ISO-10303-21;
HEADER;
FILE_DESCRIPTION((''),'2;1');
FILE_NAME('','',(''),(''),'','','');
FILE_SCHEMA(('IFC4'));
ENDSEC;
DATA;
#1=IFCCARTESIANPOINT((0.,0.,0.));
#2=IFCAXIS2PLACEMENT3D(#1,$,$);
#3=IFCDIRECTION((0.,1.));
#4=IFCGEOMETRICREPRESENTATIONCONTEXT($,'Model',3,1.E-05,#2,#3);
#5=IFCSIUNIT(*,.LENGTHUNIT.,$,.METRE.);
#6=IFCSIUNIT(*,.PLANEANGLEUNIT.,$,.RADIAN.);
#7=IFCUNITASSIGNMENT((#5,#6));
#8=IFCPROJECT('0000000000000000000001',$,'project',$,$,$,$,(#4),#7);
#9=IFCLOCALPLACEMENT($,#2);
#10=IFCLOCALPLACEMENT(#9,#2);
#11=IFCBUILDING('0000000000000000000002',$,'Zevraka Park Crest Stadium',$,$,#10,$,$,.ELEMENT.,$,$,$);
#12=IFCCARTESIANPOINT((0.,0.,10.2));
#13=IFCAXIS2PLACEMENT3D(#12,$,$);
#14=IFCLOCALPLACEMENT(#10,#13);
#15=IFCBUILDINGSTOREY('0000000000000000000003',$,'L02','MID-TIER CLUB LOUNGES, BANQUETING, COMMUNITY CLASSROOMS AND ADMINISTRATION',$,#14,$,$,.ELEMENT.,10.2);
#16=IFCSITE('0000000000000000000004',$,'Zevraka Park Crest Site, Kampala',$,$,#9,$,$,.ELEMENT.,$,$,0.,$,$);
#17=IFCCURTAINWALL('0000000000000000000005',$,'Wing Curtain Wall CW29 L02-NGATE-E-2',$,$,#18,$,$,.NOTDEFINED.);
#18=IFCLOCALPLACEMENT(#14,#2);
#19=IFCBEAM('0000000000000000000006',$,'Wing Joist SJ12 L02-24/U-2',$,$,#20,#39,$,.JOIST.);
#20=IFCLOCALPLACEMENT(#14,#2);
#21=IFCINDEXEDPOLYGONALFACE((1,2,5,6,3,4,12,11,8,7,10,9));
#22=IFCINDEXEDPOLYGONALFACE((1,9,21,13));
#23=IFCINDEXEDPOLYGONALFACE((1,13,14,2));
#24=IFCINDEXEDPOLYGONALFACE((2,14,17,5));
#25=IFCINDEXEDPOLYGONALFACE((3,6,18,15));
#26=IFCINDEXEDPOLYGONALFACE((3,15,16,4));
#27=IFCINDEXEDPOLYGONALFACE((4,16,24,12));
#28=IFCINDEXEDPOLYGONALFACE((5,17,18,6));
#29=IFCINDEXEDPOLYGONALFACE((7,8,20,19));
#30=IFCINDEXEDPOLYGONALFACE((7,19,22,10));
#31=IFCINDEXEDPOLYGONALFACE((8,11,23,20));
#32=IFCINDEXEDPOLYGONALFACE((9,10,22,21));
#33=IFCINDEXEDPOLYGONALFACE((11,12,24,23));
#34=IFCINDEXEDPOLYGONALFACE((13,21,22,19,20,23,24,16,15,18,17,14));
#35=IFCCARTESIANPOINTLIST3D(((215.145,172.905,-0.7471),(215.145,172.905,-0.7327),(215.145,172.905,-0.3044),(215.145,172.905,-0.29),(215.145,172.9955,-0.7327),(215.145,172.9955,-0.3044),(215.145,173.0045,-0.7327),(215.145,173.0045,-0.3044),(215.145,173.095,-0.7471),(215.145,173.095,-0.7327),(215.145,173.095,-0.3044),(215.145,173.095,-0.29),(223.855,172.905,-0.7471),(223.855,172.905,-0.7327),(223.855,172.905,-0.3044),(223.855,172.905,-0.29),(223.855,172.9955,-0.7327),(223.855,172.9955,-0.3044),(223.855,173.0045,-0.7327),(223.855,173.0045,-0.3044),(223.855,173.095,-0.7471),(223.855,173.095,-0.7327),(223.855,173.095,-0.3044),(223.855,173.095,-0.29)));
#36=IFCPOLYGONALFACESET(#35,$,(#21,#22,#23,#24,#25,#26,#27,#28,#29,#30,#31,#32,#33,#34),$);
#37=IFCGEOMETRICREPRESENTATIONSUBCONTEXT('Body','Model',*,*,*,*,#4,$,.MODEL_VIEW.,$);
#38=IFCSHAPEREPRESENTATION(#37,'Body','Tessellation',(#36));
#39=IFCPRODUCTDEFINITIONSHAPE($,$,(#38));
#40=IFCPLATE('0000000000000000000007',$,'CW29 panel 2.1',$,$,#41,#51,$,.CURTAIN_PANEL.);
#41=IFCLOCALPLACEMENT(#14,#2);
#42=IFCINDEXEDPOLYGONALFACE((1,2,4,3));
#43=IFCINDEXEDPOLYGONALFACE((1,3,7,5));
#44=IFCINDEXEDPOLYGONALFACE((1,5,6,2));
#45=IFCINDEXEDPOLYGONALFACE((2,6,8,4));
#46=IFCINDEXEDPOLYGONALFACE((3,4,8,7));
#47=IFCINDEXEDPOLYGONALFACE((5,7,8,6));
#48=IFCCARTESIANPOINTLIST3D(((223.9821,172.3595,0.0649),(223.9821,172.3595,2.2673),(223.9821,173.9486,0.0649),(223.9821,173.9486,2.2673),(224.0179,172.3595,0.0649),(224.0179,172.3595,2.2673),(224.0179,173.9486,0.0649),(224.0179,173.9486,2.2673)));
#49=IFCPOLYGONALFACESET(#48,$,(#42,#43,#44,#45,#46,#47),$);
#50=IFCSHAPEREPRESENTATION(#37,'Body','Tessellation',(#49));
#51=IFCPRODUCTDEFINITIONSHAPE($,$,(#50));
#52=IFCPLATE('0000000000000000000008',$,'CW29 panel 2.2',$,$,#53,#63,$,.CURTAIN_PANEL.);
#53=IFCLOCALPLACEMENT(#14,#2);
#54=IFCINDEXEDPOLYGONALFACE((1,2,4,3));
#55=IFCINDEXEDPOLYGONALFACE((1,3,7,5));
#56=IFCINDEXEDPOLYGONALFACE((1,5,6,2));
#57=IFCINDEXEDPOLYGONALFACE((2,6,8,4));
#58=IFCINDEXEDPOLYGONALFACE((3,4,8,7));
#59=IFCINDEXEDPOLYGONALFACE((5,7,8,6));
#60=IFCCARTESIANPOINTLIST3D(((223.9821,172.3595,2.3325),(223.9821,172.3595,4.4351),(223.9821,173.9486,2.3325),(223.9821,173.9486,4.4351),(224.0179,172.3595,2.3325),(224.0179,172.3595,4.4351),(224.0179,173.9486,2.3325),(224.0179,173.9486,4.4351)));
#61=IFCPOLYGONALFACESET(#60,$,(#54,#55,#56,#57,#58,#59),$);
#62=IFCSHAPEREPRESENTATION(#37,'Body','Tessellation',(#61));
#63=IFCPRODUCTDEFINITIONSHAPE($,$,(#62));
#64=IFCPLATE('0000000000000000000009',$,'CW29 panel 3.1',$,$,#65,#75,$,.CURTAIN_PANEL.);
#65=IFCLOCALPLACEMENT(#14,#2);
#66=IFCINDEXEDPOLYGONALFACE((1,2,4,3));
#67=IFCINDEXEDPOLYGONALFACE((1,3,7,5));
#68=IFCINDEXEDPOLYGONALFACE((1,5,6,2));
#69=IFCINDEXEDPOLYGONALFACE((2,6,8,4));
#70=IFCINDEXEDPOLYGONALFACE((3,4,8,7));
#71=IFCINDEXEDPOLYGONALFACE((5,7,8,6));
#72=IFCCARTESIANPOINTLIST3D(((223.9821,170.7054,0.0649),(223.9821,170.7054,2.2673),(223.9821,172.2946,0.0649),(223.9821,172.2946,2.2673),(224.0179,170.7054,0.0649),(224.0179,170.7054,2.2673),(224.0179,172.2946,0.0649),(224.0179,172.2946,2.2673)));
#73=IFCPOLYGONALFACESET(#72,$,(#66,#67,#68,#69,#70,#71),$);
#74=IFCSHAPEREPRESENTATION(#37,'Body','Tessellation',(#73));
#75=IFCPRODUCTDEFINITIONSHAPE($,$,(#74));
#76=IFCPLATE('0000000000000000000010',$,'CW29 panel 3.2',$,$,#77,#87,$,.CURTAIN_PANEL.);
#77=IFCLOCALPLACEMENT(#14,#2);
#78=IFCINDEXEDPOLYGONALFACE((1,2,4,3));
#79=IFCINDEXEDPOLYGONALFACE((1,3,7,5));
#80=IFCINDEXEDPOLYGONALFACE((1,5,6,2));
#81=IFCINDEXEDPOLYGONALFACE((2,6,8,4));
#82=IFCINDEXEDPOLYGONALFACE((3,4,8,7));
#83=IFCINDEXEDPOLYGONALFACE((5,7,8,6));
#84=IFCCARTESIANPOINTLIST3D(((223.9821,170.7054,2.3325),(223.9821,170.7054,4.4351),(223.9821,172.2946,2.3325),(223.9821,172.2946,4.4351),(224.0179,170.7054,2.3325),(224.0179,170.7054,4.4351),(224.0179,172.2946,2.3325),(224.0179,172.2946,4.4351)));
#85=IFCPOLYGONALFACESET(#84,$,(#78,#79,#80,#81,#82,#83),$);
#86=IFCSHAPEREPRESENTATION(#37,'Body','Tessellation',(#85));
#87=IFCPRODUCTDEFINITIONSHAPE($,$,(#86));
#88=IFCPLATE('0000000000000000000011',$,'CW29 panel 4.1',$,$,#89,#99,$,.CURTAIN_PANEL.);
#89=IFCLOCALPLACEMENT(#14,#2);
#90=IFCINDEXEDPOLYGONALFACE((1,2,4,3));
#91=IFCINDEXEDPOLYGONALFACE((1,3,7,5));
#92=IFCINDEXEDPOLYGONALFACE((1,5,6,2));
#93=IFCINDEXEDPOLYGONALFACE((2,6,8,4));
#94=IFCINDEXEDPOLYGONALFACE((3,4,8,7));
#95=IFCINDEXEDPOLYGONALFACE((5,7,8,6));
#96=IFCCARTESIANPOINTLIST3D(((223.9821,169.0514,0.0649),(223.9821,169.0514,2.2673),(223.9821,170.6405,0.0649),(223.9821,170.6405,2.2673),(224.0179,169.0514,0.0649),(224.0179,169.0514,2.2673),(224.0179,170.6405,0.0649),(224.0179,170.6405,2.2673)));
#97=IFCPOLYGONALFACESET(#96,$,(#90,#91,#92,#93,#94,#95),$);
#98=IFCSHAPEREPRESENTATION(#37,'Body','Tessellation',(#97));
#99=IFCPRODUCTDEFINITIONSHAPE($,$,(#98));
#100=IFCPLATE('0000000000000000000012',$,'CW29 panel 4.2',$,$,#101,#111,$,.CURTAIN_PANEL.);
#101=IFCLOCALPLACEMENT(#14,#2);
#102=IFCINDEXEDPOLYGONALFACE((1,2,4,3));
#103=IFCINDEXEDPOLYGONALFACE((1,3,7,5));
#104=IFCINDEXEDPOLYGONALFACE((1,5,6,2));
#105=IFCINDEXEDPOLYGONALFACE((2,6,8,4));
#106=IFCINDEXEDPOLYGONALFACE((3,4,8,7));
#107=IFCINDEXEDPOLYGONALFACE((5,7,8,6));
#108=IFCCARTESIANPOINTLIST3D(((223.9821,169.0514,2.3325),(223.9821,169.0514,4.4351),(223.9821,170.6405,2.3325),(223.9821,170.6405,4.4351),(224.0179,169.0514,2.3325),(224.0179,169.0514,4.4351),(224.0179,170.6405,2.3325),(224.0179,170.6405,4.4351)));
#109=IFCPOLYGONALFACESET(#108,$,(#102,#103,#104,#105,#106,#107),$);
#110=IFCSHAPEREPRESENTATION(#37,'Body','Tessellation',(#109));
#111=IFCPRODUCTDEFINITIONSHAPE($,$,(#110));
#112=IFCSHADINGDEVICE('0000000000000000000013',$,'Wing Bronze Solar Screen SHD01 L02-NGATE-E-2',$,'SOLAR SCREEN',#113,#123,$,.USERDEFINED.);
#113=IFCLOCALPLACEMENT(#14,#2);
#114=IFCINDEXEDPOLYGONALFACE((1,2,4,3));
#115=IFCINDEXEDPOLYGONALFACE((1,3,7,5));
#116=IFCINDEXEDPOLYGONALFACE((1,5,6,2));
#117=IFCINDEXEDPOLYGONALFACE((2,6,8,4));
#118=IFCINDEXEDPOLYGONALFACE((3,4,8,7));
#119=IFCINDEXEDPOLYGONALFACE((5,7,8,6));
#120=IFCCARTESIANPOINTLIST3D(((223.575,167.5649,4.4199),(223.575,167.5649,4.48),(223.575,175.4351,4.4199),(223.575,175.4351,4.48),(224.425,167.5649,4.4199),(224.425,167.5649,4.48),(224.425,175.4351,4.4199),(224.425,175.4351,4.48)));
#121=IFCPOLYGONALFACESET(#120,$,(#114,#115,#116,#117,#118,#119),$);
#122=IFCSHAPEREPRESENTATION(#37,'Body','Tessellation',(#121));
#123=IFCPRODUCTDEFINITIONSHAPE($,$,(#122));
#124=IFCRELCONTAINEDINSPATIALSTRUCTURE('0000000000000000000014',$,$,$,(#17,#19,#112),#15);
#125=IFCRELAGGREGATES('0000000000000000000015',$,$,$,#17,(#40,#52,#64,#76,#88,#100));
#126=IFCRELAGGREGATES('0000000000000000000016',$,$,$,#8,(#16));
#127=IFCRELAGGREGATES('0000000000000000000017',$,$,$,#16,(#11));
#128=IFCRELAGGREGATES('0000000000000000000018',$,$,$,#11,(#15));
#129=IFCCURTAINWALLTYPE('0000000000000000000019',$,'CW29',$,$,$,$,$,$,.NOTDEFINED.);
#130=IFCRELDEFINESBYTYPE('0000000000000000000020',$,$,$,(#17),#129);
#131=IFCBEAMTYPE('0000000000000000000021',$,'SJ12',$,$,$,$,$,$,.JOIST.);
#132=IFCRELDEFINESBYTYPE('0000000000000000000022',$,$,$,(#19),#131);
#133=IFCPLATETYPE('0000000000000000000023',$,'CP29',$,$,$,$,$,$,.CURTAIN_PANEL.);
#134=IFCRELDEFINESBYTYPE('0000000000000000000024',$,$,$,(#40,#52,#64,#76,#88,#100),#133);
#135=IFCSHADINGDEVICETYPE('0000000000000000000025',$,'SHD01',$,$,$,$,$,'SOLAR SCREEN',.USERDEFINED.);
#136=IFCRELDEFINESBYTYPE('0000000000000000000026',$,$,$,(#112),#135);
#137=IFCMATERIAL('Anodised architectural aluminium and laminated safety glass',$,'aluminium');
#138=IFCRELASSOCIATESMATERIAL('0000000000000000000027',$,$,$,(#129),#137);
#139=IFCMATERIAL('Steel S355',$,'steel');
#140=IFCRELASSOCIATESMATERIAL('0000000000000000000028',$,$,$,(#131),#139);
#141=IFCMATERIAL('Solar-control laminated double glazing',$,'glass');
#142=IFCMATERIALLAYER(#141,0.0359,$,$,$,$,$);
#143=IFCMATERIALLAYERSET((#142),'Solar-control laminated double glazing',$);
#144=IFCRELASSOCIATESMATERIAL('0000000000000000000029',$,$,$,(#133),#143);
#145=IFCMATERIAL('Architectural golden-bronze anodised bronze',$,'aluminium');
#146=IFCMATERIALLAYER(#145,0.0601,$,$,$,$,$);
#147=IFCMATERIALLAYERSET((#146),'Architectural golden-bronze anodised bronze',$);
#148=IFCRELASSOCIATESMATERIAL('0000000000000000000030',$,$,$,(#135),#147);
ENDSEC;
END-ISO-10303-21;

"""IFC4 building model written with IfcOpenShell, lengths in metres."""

from ifc_helpers import new_model, si_unit, direction, frame, origin, origin_2d, place, context, subcontext, project, spatial, rectangle, i_section, extrude, material, layer, layer_set, material_profile, profile_set, type_object, element, aggregate, save


model = new_model("IFC4")

# Units and contexts
model_context = context("Model", 3, precision=1e-05, world=origin(), true_north=direction((0.0, 1.0)))
body_context = subcontext(model_context, "Body", "Model", "MODEL_VIEW")
ifc_project = project(units=[si_unit("LENGTHUNIT", "METRE"), si_unit("PLANEANGLEUNIT", "RADIAN")], contexts=[model_context])

# Site, building, storey
site_placement = place(None, origin())
site = spatial("IfcSite", under=ifc_project, at=site_placement, Name="Zevraka Park Crest Site, Kampala", CompositionType="ELEMENT", RefElevation=0.0)
building_placement = place(site_placement, origin())
building = spatial("IfcBuilding", under=site, at=building_placement, Name="Zevraka Park Crest Stadium", CompositionType="ELEMENT")
storey_placement = place(building_placement, frame((0.0, 0.0, 10.2)))
storey = spatial("IfcBuildingStorey", under=building, at=storey_placement, Name="L02", Description="MID-TIER CLUB LOUNGES, BANQUETING, COMMUNITY CLASSROOMS AND ADMINISTRATION", CompositionType="ELEMENT", Elevation=10.2)

# Curtain wall
ifc_material_1 = material(Name="Anodised architectural aluminium and laminated safety glass", Category="aluminium")
curtain_wall_type = type_object("IfcCurtainWallType", Name="CW29", PredefinedType="NOTDEFINED", material=ifc_material_1)
curtain_wall_placement = place(storey_placement, origin())
curtain_wall = element("IfcCurtainWall", 1, at=curtain_wall_placement, inside=storey, type_object=curtain_wall_type, Name="Wing Curtain Wall CW29 L02-NGATE-E-2", PredefinedType="NOTDEFINED")

# Beam
ifc_material_2 = material(Name="Steel S355", Category="steel")
ifc_material_profile_1 = material_profile(ifc_material_2, i_section(OverallWidth=0.1899, OverallDepth=0.457, WebThickness=0.009, FlangeThickness=0.0144, at=origin_2d()), Name="UKB 457x191x74")
ifc_profile_set_1 = profile_set([ifc_material_profile_1], Name="Steel S355")
beam_type = type_object("IfcBeamType", Name="SJ12", PredefinedType="JOIST", material=ifc_profile_set_1)
for number, where, z_axis, x_axis, name in (
    (2, (215.145, 173.0, -0.5186), (1.0, 0.0, 0.0), (0.0, 1.0, 0.0), "Wing Joist SJ12 L02-24/U-2"),
):
    element("IfcBeam", number, at=place(storey_placement, frame(where, z_axis=z_axis, x_axis=x_axis)), inside=storey, type_object=beam_type, Name=name, PredefinedType="JOIST", context=body_context, shape_type="SweptSolid", body=[
        extrude(i_section(OverallWidth=0.1899, OverallDepth=0.457, WebThickness=0.009, FlangeThickness=0.0144, at=origin_2d()), origin(), (0.0, 0.0, 1.0), 8.71),
    ])

# Plates
ifc_material_3 = material(Name="Solar-control laminated double glazing", Category="glass")
ifc_layer_1 = layer(ifc_material_3, 0.0359)
ifc_layer_set_1 = layer_set([ifc_layer_1], Name="Solar-control laminated double glazing")
plate_type = type_object("IfcPlateType", Name="CP29", PredefinedType="CURTAIN_PANEL", material=ifc_layer_set_1)
plate_1_placement = place(storey_placement, frame((224.0, 173.1541, 0.0649), z_axis=(0.0, 0.0, 1.0), x_axis=(0.0, -1.0, 0.0)))
plate_1 = element("IfcPlate", 3, at=plate_1_placement, type_object=plate_type, Name="CW29 panel 2.1", PredefinedType="CURTAIN_PANEL", context=body_context, shape_type="SweptSolid", body=[
    extrude(rectangle(XDim=1.5891, YDim=0.0359, at=origin_2d()), origin(), (0.0, 0.0, 1.0), 2.2024),
])
plate_2_placement = place(storey_placement, frame((224.0, 173.1541, 2.3325), z_axis=(0.0, 0.0, 1.0), x_axis=(0.0, -1.0, 0.0)))
plate_2 = element("IfcPlate", 4, at=plate_2_placement, type_object=plate_type, Name="CW29 panel 2.2", PredefinedType="CURTAIN_PANEL", context=body_context, shape_type="SweptSolid", body=[
    extrude(rectangle(XDim=1.5891, YDim=0.0359, at=origin_2d()), origin(), (0.0, 0.0, 1.0), 2.1025),
])
plate_3_placement = place(storey_placement, frame((224.0, 171.5, 0.0649), z_axis=(0.0, 0.0, 1.0), x_axis=(0.0, -1.0, 0.0)))
plate_3 = element("IfcPlate", 5, at=plate_3_placement, type_object=plate_type, Name="CW29 panel 3.1", PredefinedType="CURTAIN_PANEL", context=body_context, shape_type="SweptSolid", body=[
    extrude(rectangle(XDim=1.5891, YDim=0.0359, at=origin_2d()), origin(), (0.0, 0.0, 1.0), 2.2024),
])
plate_4_placement = place(storey_placement, frame((224.0, 171.5, 2.3325), z_axis=(0.0, 0.0, 1.0), x_axis=(0.0, -1.0, 0.0)))
plate_4 = element("IfcPlate", 6, at=plate_4_placement, type_object=plate_type, Name="CW29 panel 3.2", PredefinedType="CURTAIN_PANEL", context=body_context, shape_type="SweptSolid", body=[
    extrude(rectangle(XDim=1.5891, YDim=0.0359, at=origin_2d()), origin(), (0.0, 0.0, 1.0), 2.1025),
])
plate_5_placement = place(storey_placement, frame((224.0, 169.8459, 0.0649), z_axis=(0.0, 0.0, 1.0), x_axis=(0.0, -1.0, 0.0)))
plate_5 = element("IfcPlate", 7, at=plate_5_placement, type_object=plate_type, Name="CW29 panel 4.1", PredefinedType="CURTAIN_PANEL", context=body_context, shape_type="SweptSolid", body=[
    extrude(rectangle(XDim=1.5891, YDim=0.0359, at=origin_2d()), origin(), (0.0, 0.0, 1.0), 2.2024),
])
plate_6_placement = place(storey_placement, frame((224.0, 169.8459, 2.3325), z_axis=(0.0, 0.0, 1.0), x_axis=(0.0, -1.0, 0.0)))
plate_6 = element("IfcPlate", 8, at=plate_6_placement, type_object=plate_type, Name="CW29 panel 4.2", PredefinedType="CURTAIN_PANEL", context=body_context, shape_type="SweptSolid", body=[
    extrude(rectangle(XDim=1.5891, YDim=0.0359, at=origin_2d()), origin(), (0.0, 0.0, 1.0), 2.1025),
])
aggregate(curtain_wall, [plate_1, plate_2, plate_3, plate_4, plate_5, plate_6])

# Shading device
ifc_material_4 = material(Name="Architectural golden-bronze anodised bronze", Category="aluminium")
ifc_layer_2 = layer(ifc_material_4, 0.0601)
ifc_layer_set_2 = layer_set([ifc_layer_2], Name="Architectural golden-bronze anodised bronze")
shading_device_type = type_object("IfcShadingDeviceType", Name="SHD01", ElementType="SOLAR SCREEN", PredefinedType="USERDEFINED", material=ifc_layer_set_2)
shading_device_placement = place(storey_placement, frame((224.0, 171.5, 4.4199), z_axis=(0.0, 0.0, 1.0), x_axis=(0.0, -1.0, 0.0)))
element("IfcShadingDevice", 9, at=shading_device_placement, inside=storey, type_object=shading_device_type, Name="Wing Bronze Solar Screen SHD01 L02-NGATE-E-2", ObjectType="SOLAR SCREEN", PredefinedType="USERDEFINED", context=body_context, shape_type="SweptSolid", body=[
    extrude(rectangle(XDim=7.8701, YDim=0.8501, at=origin_2d()), origin(), (0.0, 0.0, 1.0), 0.0601),
])

save(model, "model.ifc")
